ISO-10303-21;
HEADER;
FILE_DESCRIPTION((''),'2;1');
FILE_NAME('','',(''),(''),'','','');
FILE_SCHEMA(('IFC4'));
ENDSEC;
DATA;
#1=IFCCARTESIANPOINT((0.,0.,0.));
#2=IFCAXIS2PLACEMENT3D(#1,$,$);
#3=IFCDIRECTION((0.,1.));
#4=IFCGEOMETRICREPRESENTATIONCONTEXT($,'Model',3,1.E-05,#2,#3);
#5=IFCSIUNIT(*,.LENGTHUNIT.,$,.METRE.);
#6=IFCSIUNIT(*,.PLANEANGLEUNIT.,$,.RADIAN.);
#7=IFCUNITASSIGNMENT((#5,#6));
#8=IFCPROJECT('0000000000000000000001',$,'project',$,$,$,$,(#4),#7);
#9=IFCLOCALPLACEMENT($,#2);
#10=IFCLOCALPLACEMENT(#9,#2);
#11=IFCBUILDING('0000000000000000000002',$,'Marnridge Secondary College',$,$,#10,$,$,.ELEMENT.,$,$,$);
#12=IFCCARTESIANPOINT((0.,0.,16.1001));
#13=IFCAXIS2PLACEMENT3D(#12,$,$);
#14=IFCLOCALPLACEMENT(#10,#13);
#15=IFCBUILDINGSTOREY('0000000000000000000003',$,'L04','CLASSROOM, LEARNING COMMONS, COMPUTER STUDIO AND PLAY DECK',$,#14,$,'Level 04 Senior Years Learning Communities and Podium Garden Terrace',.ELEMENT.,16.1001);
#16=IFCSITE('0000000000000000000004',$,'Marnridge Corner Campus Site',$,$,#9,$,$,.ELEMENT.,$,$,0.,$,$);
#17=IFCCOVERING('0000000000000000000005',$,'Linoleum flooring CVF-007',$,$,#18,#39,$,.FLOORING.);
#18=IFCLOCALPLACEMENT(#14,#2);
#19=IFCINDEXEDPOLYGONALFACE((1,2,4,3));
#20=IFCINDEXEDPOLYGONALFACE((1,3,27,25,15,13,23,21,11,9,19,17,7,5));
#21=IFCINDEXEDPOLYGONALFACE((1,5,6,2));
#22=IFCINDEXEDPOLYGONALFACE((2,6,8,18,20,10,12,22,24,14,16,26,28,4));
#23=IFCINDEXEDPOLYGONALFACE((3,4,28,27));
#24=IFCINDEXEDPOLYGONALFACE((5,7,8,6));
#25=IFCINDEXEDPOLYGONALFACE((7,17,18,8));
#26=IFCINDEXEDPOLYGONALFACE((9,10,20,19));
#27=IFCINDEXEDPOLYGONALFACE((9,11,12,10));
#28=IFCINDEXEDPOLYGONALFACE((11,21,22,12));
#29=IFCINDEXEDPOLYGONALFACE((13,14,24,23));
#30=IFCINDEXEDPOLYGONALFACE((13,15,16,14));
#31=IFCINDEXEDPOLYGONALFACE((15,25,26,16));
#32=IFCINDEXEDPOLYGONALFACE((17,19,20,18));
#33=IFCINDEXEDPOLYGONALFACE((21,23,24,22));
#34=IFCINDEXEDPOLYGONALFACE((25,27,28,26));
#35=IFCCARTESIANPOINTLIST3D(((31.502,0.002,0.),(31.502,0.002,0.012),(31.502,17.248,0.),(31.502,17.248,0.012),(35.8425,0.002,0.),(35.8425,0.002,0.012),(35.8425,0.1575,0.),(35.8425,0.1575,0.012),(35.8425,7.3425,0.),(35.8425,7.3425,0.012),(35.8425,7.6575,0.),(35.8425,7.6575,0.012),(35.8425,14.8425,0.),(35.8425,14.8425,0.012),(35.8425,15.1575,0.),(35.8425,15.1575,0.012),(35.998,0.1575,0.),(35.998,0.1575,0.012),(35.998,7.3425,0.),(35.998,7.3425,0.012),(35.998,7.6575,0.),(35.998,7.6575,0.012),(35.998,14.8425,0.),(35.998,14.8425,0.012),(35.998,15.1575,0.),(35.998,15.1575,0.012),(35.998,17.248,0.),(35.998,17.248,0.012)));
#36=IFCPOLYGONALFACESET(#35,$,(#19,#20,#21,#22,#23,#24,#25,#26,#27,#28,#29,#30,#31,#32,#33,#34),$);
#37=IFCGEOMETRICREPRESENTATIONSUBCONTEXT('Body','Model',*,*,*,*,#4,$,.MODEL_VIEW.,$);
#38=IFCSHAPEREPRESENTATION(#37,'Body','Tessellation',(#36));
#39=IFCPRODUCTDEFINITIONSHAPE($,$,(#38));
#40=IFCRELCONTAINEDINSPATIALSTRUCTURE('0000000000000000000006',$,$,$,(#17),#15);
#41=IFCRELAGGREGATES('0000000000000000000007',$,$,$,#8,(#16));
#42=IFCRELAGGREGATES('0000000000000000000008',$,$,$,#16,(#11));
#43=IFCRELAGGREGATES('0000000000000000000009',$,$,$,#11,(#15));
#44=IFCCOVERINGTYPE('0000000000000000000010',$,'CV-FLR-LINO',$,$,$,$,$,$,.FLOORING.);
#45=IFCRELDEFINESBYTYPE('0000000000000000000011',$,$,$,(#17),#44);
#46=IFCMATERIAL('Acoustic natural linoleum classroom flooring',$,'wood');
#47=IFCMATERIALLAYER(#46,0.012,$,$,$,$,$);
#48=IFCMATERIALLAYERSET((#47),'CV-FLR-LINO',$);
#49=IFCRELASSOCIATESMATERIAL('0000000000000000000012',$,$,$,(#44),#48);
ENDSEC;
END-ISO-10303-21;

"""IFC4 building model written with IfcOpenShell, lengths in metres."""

from ifc_helpers import new_model, si_unit, direction, frame, origin, place, context, subcontext, project, spatial, polyline, outline, extrude, material, layer, layer_set, type_object, element, save


model = new_model("IFC4")

# Units and contexts
model_context = context("Model", 3, precision=1e-05, world=origin(), true_north=direction((0.0, 1.0)))
body_context = subcontext(model_context, "Body", "Model", "MODEL_VIEW")
ifc_project = project(units=[si_unit("LENGTHUNIT", "METRE"), si_unit("PLANEANGLEUNIT", "RADIAN")], contexts=[model_context])

# Site, building, storey
site_placement = place(None, origin())
site = spatial("IfcSite", under=ifc_project, at=site_placement, Name="Marnridge Corner Campus Site", CompositionType="ELEMENT", RefElevation=0.0)
building_placement = place(site_placement, origin())
building = spatial("IfcBuilding", under=site, at=building_placement, Name="Marnridge Secondary College", CompositionType="ELEMENT")
storey_placement = place(building_placement, frame((0.0, 0.0, 16.1001)))
storey = spatial("IfcBuildingStorey", under=building, at=storey_placement, Name="L04", Description="CLASSROOM, LEARNING COMMONS, COMPUTER STUDIO AND PLAY DECK", LongName="Level 04 Senior Years Learning Communities and Podium Garden Terrace", CompositionType="ELEMENT", Elevation=16.1001)

# Covering
ifc_material_1 = material(Name="Acoustic natural linoleum classroom flooring", Category="wood")
ifc_layer_1 = layer(ifc_material_1, 0.012)
ifc_layer_set_1 = layer_set([ifc_layer_1], Name="CV-FLR-LINO")
covering_type_1 = type_object("IfcCoveringType", Name="CV-FLR-LINO", PredefinedType="FLOORING", material=ifc_layer_set_1)
covering_1_placement = place(storey_placement, origin())
element("IfcCovering", 1, at=covering_1_placement, inside=storey, type_object=covering_type_1, Name="Linoleum flooring CVF-007", PredefinedType="FLOORING", context=body_context, shape_type="SweptSolid", body=[
    extrude(outline(polyline([(35.998, 17.248), (35.998, 15.1575), (35.8425, 15.1575), (35.8425, 14.8425), (35.998, 14.8425), (35.998, 7.6575), (35.8425, 7.6575), (35.8425, 7.3425), (35.998, 7.3425), (35.998, 0.1575), (35.8425, 0.1575), (35.8425, 0.002), (31.502, 0.002), (31.502, 17.248), (35.998, 17.248)])), origin(), (0.0, 0.0, 1.0), 0.012),
])

save(model, "model.ifc")
